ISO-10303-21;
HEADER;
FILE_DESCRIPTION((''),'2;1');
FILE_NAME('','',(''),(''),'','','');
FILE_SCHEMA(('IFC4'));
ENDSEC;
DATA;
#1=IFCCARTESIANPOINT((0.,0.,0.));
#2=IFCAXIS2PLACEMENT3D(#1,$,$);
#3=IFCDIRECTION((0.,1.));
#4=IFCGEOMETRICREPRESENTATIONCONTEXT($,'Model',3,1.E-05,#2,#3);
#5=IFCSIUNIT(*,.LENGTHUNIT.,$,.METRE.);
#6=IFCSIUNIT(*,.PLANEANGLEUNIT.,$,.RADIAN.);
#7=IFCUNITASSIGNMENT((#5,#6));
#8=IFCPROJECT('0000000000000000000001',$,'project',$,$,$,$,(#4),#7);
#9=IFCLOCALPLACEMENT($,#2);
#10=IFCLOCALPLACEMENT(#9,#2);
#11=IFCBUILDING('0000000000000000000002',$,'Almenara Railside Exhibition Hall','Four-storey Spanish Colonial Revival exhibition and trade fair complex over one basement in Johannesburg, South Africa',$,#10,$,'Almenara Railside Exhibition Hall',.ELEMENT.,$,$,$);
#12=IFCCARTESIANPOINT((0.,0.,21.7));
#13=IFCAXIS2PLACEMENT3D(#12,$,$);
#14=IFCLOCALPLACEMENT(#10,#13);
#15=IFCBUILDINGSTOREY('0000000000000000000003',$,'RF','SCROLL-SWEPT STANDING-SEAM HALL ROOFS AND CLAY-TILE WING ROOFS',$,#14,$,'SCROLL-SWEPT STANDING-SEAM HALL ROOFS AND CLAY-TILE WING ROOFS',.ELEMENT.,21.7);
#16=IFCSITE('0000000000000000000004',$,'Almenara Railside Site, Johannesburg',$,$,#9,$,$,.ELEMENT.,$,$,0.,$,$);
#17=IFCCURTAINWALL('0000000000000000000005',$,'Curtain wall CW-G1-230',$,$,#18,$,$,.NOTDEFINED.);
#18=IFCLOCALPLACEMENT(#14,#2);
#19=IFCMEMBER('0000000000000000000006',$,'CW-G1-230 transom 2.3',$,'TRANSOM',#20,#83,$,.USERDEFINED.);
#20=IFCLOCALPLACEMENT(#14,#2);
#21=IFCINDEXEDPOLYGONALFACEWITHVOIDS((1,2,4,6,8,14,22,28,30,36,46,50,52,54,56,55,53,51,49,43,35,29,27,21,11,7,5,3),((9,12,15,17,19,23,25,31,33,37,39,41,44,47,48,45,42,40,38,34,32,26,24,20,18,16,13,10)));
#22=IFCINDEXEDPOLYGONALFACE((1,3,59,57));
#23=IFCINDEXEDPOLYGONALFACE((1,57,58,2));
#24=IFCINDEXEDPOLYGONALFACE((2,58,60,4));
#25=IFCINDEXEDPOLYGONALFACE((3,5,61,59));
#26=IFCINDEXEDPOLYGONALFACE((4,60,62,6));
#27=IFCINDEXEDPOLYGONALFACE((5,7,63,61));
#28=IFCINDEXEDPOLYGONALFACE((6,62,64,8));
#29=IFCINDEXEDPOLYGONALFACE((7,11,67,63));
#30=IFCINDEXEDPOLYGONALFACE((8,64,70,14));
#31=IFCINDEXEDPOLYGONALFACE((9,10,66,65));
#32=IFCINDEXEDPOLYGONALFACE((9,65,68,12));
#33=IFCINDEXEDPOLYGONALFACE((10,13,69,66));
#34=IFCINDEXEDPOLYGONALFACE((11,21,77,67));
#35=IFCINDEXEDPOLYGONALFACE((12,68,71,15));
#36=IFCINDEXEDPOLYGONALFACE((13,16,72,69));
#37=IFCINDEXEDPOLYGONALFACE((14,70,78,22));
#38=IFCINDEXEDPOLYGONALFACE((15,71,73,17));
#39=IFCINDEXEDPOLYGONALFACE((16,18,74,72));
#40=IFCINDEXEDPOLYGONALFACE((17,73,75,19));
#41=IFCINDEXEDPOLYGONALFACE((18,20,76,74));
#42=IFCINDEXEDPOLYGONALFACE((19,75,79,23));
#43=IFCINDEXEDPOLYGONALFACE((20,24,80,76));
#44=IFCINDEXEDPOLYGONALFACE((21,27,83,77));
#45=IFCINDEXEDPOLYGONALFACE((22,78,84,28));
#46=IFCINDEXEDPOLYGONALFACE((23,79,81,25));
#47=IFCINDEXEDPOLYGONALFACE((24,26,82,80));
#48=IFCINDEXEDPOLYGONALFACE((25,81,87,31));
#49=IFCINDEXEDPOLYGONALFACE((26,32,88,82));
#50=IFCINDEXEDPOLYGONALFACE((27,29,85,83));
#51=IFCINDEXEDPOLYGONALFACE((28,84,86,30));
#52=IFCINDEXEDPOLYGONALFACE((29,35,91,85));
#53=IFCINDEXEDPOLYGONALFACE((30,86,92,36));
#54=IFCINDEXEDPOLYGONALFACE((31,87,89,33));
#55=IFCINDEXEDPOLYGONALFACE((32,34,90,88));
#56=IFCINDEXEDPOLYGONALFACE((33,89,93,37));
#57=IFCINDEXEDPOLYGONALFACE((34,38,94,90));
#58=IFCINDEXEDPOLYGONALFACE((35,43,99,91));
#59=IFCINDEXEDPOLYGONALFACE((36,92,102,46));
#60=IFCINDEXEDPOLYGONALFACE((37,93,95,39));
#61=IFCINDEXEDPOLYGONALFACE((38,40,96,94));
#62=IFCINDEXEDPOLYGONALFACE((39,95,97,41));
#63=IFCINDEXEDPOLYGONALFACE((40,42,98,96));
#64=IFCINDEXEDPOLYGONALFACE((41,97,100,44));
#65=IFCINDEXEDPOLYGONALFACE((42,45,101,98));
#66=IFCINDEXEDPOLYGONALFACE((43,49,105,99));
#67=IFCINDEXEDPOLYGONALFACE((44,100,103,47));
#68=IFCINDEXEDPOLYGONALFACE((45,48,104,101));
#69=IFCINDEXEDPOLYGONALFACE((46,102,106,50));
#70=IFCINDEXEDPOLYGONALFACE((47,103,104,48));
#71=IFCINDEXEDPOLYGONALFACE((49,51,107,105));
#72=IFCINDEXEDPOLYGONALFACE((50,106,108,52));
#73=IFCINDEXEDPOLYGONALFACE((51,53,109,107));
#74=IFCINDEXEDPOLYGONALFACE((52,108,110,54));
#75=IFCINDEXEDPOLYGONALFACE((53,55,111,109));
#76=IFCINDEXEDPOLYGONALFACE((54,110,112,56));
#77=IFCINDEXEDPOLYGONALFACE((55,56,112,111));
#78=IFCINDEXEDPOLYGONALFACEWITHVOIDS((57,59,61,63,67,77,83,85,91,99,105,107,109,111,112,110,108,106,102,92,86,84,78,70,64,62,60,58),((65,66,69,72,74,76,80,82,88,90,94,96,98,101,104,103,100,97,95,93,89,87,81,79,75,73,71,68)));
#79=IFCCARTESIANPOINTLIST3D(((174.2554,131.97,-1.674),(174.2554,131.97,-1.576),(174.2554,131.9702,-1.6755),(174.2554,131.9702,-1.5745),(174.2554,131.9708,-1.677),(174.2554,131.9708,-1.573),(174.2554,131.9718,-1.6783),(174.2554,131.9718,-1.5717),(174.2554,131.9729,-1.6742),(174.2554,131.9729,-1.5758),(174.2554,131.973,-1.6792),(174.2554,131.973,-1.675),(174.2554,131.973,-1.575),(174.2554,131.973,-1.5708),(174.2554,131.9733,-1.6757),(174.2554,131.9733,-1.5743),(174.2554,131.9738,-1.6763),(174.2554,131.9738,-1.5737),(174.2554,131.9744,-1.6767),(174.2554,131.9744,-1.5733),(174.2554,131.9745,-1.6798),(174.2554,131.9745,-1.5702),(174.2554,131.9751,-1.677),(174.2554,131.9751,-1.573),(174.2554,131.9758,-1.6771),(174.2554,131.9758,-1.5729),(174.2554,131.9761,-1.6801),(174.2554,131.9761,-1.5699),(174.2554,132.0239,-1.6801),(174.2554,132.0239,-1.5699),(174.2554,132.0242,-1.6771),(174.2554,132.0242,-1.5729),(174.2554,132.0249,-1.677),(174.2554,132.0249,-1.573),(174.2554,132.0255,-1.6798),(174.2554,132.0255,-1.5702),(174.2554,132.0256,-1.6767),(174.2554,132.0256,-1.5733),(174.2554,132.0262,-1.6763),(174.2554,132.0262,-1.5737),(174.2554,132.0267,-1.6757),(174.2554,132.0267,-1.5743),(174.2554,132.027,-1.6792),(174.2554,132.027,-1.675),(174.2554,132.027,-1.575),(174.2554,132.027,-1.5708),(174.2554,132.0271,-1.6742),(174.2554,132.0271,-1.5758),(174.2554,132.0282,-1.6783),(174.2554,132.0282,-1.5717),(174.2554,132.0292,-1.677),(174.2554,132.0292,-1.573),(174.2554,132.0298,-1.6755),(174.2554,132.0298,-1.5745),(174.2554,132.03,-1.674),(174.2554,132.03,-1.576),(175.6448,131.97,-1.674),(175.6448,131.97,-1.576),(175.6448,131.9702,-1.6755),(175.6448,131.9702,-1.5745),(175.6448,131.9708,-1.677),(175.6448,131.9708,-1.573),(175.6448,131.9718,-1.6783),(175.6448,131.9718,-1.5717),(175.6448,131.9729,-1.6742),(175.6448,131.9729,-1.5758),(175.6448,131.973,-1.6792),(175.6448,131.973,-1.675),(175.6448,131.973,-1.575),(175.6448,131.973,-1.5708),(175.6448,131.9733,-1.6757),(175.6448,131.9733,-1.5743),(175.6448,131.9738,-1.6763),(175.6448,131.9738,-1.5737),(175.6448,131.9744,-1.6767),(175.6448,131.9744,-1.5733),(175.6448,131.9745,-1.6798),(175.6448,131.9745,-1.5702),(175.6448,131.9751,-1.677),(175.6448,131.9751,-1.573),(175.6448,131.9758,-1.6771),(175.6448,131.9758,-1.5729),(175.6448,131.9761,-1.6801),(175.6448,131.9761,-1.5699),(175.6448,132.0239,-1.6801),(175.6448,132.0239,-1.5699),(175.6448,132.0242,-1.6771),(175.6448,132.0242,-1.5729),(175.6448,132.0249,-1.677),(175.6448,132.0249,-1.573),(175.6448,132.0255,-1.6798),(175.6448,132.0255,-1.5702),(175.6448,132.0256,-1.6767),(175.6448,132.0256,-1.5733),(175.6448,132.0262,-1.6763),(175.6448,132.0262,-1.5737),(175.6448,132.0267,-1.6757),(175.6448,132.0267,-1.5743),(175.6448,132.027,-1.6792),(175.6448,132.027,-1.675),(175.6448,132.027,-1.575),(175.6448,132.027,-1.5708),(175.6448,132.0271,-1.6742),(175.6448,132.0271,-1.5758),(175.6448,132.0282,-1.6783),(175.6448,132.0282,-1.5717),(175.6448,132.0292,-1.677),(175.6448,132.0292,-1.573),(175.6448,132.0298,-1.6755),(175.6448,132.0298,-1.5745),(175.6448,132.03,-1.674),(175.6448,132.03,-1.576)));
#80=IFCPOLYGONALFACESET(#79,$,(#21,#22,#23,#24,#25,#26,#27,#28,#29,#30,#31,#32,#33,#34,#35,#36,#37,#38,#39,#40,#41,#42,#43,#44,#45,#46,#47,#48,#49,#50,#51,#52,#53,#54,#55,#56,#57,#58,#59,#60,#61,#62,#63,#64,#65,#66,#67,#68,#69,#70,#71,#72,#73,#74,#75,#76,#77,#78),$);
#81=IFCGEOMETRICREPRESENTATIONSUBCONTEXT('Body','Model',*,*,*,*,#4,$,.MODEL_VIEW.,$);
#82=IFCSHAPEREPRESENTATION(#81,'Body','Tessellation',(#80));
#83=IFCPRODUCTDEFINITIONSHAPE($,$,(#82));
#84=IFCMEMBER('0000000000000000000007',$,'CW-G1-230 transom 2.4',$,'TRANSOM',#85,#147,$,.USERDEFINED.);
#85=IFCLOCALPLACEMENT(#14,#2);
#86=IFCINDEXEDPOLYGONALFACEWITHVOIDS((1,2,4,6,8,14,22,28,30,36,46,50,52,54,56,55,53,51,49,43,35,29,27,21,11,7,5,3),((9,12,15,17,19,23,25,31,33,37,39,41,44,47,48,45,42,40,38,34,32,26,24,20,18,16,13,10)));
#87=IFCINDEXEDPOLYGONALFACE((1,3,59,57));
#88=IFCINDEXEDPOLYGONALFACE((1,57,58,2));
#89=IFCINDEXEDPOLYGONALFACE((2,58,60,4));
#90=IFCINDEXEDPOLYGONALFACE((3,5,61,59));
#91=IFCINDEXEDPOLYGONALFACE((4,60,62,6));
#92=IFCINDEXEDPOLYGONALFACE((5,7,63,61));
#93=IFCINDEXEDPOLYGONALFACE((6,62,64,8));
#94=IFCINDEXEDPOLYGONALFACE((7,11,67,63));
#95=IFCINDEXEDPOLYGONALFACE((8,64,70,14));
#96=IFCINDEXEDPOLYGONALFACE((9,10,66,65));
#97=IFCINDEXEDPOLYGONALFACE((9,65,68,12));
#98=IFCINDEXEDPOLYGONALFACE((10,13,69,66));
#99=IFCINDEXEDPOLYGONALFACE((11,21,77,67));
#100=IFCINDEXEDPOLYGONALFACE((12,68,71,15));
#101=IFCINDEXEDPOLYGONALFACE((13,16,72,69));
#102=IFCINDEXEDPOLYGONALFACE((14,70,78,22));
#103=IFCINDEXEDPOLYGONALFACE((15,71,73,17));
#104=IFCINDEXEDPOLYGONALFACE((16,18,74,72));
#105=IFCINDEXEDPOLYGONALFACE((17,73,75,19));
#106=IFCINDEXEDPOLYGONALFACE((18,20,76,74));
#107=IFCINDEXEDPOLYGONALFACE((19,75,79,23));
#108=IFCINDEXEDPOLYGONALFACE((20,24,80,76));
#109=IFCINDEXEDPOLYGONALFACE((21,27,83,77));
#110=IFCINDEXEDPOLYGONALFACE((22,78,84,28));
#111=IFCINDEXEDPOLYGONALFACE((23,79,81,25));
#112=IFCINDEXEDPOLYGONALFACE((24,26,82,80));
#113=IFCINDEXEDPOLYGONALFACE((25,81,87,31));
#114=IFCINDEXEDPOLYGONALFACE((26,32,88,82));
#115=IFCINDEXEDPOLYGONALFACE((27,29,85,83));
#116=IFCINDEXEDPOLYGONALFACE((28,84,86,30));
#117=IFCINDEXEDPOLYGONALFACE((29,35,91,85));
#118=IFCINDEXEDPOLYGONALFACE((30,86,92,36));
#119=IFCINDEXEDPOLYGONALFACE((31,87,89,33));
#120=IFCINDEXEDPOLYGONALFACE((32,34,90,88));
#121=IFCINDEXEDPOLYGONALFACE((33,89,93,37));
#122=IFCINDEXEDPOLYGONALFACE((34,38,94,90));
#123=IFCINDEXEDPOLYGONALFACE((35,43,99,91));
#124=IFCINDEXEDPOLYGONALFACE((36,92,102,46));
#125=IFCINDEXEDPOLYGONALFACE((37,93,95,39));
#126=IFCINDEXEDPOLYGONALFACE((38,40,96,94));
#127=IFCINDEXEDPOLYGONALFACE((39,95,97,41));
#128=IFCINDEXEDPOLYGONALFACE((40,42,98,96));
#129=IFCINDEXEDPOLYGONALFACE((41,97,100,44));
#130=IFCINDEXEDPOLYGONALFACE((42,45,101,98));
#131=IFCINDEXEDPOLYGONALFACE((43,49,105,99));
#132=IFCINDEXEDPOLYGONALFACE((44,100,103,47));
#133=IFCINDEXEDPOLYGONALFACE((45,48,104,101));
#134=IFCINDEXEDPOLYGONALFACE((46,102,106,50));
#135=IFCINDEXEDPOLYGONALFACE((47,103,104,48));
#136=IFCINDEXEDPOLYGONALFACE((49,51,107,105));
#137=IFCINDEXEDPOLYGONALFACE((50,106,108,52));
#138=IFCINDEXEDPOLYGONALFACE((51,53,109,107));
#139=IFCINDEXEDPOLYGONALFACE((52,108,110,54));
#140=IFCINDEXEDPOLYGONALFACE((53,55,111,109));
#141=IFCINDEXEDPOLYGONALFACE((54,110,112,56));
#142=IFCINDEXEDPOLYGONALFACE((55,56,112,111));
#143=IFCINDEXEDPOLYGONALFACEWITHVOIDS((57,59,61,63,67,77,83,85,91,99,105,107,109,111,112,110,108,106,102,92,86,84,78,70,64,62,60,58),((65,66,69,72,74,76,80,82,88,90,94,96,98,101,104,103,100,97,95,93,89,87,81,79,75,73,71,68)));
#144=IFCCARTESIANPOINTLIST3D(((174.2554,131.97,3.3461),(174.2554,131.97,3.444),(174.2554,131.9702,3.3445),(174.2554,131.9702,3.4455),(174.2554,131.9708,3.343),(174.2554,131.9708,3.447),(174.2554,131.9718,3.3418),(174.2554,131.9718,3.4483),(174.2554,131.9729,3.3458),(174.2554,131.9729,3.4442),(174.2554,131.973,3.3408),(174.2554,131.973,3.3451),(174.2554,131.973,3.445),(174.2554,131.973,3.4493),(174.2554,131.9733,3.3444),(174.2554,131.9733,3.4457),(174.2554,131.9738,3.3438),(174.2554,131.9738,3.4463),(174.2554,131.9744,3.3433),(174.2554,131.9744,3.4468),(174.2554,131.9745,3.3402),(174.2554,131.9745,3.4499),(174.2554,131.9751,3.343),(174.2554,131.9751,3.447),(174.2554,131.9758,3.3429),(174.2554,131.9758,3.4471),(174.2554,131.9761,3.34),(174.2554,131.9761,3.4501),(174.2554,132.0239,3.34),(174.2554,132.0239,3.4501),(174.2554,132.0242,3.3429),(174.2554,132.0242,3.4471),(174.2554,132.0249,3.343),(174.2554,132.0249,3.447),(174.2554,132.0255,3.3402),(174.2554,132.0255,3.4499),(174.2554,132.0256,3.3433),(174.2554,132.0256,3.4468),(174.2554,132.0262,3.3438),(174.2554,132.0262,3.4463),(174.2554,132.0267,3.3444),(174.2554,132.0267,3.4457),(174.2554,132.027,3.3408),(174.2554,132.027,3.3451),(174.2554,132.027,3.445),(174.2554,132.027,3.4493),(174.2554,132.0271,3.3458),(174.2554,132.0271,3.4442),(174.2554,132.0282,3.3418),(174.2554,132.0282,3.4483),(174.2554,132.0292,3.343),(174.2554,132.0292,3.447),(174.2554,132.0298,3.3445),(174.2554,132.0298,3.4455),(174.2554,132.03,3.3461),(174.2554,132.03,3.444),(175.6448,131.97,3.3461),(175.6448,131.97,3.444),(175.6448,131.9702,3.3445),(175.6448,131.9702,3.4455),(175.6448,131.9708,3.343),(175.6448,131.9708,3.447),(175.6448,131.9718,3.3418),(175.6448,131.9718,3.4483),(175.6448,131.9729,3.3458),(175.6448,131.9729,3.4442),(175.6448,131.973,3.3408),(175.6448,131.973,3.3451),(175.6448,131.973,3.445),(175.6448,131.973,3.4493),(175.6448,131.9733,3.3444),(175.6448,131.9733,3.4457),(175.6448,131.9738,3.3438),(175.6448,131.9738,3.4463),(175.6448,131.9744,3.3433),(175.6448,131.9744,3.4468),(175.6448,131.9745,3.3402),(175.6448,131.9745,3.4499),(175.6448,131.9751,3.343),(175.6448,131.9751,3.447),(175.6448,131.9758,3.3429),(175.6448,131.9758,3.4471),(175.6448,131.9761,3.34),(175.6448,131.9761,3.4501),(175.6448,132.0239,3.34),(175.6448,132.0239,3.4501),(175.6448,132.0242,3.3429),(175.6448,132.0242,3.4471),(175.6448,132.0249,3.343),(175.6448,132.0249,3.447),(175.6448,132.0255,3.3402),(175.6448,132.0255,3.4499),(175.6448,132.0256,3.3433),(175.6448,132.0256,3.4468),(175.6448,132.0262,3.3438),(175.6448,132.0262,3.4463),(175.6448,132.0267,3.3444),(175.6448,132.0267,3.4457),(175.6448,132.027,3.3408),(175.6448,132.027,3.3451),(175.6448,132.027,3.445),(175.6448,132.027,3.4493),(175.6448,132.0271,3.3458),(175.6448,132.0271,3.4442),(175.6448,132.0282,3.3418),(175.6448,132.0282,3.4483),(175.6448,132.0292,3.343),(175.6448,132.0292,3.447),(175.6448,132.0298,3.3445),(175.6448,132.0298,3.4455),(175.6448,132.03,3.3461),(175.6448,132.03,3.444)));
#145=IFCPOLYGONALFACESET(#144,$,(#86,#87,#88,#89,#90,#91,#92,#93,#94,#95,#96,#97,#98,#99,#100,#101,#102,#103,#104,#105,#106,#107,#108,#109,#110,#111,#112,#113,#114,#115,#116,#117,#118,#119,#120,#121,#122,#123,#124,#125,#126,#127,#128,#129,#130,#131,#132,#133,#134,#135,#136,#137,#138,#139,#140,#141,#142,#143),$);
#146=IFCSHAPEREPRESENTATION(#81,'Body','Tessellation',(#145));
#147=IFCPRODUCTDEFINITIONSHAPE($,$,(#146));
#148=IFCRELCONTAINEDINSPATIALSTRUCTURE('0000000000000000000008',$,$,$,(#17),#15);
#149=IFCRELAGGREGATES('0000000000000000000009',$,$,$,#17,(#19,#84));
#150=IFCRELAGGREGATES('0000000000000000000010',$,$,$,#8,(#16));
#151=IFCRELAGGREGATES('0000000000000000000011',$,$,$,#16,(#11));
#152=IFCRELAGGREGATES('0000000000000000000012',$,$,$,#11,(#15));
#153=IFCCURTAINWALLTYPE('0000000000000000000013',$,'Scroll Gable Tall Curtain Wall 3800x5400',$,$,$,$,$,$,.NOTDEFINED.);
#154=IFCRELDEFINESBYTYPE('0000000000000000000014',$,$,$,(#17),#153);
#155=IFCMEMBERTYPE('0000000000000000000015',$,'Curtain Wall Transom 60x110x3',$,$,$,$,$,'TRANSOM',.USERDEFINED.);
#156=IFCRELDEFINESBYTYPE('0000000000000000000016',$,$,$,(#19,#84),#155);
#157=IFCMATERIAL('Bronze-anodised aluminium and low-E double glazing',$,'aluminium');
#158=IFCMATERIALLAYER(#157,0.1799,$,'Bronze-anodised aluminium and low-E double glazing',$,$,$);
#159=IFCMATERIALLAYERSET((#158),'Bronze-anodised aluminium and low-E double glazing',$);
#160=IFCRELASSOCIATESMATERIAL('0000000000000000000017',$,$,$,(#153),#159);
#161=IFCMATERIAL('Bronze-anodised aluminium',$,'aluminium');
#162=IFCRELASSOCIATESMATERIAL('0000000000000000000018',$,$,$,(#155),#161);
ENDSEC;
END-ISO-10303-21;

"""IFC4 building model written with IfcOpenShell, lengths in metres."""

from ifc_helpers import new_model, si_unit, direction, frame, origin, origin_2d, place, context, subcontext, project, spatial, hollow_rectangle, extrude, material, layer, layer_set, material_profile, profile_set, type_object, element, aggregate, save


model = new_model("IFC4")

# Units and contexts
model_context = context("Model", 3, precision=1e-05, world=origin(), true_north=direction((0.0, 1.0)))
body_context = subcontext(model_context, "Body", "Model", "MODEL_VIEW")
ifc_project = project(units=[si_unit("LENGTHUNIT", "METRE"), si_unit("PLANEANGLEUNIT", "RADIAN")], contexts=[model_context])

# Site, building, storey
site_placement = place(None, origin())
site = spatial("IfcSite", under=ifc_project, at=site_placement, Name="Almenara Railside Site, Johannesburg", CompositionType="ELEMENT", RefElevation=0.0)
building_placement = place(site_placement, origin())
building = spatial("IfcBuilding", under=site, at=building_placement, Name="Almenara Railside Exhibition Hall", Description="Four-storey Spanish Colonial Revival exhibition and trade fair complex over one basement in Johannesburg, South Africa", LongName="Almenara Railside Exhibition Hall", CompositionType="ELEMENT")
storey_placement = place(building_placement, frame((0.0, 0.0, 21.7)))
storey = spatial("IfcBuildingStorey", under=building, at=storey_placement, Name="RF", Description="SCROLL-SWEPT STANDING-SEAM HALL ROOFS AND CLAY-TILE WING ROOFS", LongName="SCROLL-SWEPT STANDING-SEAM HALL ROOFS AND CLAY-TILE WING ROOFS", CompositionType="ELEMENT", Elevation=21.7)

# Shared definitions
ifc_material_1 = material(Name="Bronze-anodised aluminium and low-E double glazing", Category="aluminium")
ifc_layer_1 = layer(ifc_material_1, 0.1799, Name="Bronze-anodised aluminium and low-E double glazing")
ifc_layer_set_1 = layer_set([ifc_layer_1], Name="Bronze-anodised aluminium and low-E double glazing")
curtain_wall_type = type_object("IfcCurtainWallType", Name="Scroll Gable Tall Curtain Wall 3800x5400", PredefinedType="NOTDEFINED", material=ifc_layer_set_1)
ifc_material_2 = material(Name="Bronze-anodised aluminium", Category="aluminium")

# Curtain wall, members
curtain_wall_1_placement = place(storey_placement, origin())
curtain_wall_1 = element("IfcCurtainWall", 1, at=curtain_wall_1_placement, inside=storey, type_object=curtain_wall_type, Name="Curtain wall CW-G1-230", PredefinedType="NOTDEFINED")
ifc_material_profile_1 = material_profile(ifc_material_2, hollow_rectangle(XDim=0.0601, YDim=0.1101, WallThickness=0.0029, InnerFilletRadius=0.0029, OuterFilletRadius=0.0061, at=origin_2d()), Name="ALU-TRN 60x110x3")
ifc_profile_set_1 = profile_set([ifc_material_profile_1], Name="Bronze-anodised aluminium")
member_type_1 = type_object("IfcMemberType", Name="Curtain Wall Transom 60x110x3", ElementType="TRANSOM", PredefinedType="USERDEFINED", material=ifc_profile_set_1)
member_1_placement = place(storey_placement, frame((174.2554, 132.0, -1.625), z_axis=(1.0, 0.0, 0.0), x_axis=(0.0, 1.0, 0.0)))
member_1 = element("IfcMember", 2, at=member_1_placement, type_object=member_type_1, Name="CW-G1-230 transom 2.3", ObjectType="TRANSOM", PredefinedType="USERDEFINED", context=body_context, shape_type="SweptSolid", body=[
    extrude(hollow_rectangle(XDim=0.0601, YDim=0.1101, WallThickness=0.0029, InnerFilletRadius=0.0029, OuterFilletRadius=0.0061, at=origin_2d()), origin(), (0.0, 0.0, 1.0), 1.3894),
])
member_2_placement = place(storey_placement, frame((174.2554, 132.0, 3.395), z_axis=(1.0, 0.0, 0.0), x_axis=(0.0, 1.0, 0.0)))
member_2 = element("IfcMember", 3, at=member_2_placement, type_object=member_type_1, Name="CW-G1-230 transom 2.4", ObjectType="TRANSOM", PredefinedType="USERDEFINED", context=body_context, shape_type="SweptSolid", body=[
    extrude(hollow_rectangle(XDim=0.0601, YDim=0.1101, WallThickness=0.0029, InnerFilletRadius=0.0029, OuterFilletRadius=0.0061, at=origin_2d()), origin(), (0.0, 0.0, 1.0), 1.3894),
])

aggregate(curtain_wall_1, [member_1, member_2])

save(model, "model.ifc")
